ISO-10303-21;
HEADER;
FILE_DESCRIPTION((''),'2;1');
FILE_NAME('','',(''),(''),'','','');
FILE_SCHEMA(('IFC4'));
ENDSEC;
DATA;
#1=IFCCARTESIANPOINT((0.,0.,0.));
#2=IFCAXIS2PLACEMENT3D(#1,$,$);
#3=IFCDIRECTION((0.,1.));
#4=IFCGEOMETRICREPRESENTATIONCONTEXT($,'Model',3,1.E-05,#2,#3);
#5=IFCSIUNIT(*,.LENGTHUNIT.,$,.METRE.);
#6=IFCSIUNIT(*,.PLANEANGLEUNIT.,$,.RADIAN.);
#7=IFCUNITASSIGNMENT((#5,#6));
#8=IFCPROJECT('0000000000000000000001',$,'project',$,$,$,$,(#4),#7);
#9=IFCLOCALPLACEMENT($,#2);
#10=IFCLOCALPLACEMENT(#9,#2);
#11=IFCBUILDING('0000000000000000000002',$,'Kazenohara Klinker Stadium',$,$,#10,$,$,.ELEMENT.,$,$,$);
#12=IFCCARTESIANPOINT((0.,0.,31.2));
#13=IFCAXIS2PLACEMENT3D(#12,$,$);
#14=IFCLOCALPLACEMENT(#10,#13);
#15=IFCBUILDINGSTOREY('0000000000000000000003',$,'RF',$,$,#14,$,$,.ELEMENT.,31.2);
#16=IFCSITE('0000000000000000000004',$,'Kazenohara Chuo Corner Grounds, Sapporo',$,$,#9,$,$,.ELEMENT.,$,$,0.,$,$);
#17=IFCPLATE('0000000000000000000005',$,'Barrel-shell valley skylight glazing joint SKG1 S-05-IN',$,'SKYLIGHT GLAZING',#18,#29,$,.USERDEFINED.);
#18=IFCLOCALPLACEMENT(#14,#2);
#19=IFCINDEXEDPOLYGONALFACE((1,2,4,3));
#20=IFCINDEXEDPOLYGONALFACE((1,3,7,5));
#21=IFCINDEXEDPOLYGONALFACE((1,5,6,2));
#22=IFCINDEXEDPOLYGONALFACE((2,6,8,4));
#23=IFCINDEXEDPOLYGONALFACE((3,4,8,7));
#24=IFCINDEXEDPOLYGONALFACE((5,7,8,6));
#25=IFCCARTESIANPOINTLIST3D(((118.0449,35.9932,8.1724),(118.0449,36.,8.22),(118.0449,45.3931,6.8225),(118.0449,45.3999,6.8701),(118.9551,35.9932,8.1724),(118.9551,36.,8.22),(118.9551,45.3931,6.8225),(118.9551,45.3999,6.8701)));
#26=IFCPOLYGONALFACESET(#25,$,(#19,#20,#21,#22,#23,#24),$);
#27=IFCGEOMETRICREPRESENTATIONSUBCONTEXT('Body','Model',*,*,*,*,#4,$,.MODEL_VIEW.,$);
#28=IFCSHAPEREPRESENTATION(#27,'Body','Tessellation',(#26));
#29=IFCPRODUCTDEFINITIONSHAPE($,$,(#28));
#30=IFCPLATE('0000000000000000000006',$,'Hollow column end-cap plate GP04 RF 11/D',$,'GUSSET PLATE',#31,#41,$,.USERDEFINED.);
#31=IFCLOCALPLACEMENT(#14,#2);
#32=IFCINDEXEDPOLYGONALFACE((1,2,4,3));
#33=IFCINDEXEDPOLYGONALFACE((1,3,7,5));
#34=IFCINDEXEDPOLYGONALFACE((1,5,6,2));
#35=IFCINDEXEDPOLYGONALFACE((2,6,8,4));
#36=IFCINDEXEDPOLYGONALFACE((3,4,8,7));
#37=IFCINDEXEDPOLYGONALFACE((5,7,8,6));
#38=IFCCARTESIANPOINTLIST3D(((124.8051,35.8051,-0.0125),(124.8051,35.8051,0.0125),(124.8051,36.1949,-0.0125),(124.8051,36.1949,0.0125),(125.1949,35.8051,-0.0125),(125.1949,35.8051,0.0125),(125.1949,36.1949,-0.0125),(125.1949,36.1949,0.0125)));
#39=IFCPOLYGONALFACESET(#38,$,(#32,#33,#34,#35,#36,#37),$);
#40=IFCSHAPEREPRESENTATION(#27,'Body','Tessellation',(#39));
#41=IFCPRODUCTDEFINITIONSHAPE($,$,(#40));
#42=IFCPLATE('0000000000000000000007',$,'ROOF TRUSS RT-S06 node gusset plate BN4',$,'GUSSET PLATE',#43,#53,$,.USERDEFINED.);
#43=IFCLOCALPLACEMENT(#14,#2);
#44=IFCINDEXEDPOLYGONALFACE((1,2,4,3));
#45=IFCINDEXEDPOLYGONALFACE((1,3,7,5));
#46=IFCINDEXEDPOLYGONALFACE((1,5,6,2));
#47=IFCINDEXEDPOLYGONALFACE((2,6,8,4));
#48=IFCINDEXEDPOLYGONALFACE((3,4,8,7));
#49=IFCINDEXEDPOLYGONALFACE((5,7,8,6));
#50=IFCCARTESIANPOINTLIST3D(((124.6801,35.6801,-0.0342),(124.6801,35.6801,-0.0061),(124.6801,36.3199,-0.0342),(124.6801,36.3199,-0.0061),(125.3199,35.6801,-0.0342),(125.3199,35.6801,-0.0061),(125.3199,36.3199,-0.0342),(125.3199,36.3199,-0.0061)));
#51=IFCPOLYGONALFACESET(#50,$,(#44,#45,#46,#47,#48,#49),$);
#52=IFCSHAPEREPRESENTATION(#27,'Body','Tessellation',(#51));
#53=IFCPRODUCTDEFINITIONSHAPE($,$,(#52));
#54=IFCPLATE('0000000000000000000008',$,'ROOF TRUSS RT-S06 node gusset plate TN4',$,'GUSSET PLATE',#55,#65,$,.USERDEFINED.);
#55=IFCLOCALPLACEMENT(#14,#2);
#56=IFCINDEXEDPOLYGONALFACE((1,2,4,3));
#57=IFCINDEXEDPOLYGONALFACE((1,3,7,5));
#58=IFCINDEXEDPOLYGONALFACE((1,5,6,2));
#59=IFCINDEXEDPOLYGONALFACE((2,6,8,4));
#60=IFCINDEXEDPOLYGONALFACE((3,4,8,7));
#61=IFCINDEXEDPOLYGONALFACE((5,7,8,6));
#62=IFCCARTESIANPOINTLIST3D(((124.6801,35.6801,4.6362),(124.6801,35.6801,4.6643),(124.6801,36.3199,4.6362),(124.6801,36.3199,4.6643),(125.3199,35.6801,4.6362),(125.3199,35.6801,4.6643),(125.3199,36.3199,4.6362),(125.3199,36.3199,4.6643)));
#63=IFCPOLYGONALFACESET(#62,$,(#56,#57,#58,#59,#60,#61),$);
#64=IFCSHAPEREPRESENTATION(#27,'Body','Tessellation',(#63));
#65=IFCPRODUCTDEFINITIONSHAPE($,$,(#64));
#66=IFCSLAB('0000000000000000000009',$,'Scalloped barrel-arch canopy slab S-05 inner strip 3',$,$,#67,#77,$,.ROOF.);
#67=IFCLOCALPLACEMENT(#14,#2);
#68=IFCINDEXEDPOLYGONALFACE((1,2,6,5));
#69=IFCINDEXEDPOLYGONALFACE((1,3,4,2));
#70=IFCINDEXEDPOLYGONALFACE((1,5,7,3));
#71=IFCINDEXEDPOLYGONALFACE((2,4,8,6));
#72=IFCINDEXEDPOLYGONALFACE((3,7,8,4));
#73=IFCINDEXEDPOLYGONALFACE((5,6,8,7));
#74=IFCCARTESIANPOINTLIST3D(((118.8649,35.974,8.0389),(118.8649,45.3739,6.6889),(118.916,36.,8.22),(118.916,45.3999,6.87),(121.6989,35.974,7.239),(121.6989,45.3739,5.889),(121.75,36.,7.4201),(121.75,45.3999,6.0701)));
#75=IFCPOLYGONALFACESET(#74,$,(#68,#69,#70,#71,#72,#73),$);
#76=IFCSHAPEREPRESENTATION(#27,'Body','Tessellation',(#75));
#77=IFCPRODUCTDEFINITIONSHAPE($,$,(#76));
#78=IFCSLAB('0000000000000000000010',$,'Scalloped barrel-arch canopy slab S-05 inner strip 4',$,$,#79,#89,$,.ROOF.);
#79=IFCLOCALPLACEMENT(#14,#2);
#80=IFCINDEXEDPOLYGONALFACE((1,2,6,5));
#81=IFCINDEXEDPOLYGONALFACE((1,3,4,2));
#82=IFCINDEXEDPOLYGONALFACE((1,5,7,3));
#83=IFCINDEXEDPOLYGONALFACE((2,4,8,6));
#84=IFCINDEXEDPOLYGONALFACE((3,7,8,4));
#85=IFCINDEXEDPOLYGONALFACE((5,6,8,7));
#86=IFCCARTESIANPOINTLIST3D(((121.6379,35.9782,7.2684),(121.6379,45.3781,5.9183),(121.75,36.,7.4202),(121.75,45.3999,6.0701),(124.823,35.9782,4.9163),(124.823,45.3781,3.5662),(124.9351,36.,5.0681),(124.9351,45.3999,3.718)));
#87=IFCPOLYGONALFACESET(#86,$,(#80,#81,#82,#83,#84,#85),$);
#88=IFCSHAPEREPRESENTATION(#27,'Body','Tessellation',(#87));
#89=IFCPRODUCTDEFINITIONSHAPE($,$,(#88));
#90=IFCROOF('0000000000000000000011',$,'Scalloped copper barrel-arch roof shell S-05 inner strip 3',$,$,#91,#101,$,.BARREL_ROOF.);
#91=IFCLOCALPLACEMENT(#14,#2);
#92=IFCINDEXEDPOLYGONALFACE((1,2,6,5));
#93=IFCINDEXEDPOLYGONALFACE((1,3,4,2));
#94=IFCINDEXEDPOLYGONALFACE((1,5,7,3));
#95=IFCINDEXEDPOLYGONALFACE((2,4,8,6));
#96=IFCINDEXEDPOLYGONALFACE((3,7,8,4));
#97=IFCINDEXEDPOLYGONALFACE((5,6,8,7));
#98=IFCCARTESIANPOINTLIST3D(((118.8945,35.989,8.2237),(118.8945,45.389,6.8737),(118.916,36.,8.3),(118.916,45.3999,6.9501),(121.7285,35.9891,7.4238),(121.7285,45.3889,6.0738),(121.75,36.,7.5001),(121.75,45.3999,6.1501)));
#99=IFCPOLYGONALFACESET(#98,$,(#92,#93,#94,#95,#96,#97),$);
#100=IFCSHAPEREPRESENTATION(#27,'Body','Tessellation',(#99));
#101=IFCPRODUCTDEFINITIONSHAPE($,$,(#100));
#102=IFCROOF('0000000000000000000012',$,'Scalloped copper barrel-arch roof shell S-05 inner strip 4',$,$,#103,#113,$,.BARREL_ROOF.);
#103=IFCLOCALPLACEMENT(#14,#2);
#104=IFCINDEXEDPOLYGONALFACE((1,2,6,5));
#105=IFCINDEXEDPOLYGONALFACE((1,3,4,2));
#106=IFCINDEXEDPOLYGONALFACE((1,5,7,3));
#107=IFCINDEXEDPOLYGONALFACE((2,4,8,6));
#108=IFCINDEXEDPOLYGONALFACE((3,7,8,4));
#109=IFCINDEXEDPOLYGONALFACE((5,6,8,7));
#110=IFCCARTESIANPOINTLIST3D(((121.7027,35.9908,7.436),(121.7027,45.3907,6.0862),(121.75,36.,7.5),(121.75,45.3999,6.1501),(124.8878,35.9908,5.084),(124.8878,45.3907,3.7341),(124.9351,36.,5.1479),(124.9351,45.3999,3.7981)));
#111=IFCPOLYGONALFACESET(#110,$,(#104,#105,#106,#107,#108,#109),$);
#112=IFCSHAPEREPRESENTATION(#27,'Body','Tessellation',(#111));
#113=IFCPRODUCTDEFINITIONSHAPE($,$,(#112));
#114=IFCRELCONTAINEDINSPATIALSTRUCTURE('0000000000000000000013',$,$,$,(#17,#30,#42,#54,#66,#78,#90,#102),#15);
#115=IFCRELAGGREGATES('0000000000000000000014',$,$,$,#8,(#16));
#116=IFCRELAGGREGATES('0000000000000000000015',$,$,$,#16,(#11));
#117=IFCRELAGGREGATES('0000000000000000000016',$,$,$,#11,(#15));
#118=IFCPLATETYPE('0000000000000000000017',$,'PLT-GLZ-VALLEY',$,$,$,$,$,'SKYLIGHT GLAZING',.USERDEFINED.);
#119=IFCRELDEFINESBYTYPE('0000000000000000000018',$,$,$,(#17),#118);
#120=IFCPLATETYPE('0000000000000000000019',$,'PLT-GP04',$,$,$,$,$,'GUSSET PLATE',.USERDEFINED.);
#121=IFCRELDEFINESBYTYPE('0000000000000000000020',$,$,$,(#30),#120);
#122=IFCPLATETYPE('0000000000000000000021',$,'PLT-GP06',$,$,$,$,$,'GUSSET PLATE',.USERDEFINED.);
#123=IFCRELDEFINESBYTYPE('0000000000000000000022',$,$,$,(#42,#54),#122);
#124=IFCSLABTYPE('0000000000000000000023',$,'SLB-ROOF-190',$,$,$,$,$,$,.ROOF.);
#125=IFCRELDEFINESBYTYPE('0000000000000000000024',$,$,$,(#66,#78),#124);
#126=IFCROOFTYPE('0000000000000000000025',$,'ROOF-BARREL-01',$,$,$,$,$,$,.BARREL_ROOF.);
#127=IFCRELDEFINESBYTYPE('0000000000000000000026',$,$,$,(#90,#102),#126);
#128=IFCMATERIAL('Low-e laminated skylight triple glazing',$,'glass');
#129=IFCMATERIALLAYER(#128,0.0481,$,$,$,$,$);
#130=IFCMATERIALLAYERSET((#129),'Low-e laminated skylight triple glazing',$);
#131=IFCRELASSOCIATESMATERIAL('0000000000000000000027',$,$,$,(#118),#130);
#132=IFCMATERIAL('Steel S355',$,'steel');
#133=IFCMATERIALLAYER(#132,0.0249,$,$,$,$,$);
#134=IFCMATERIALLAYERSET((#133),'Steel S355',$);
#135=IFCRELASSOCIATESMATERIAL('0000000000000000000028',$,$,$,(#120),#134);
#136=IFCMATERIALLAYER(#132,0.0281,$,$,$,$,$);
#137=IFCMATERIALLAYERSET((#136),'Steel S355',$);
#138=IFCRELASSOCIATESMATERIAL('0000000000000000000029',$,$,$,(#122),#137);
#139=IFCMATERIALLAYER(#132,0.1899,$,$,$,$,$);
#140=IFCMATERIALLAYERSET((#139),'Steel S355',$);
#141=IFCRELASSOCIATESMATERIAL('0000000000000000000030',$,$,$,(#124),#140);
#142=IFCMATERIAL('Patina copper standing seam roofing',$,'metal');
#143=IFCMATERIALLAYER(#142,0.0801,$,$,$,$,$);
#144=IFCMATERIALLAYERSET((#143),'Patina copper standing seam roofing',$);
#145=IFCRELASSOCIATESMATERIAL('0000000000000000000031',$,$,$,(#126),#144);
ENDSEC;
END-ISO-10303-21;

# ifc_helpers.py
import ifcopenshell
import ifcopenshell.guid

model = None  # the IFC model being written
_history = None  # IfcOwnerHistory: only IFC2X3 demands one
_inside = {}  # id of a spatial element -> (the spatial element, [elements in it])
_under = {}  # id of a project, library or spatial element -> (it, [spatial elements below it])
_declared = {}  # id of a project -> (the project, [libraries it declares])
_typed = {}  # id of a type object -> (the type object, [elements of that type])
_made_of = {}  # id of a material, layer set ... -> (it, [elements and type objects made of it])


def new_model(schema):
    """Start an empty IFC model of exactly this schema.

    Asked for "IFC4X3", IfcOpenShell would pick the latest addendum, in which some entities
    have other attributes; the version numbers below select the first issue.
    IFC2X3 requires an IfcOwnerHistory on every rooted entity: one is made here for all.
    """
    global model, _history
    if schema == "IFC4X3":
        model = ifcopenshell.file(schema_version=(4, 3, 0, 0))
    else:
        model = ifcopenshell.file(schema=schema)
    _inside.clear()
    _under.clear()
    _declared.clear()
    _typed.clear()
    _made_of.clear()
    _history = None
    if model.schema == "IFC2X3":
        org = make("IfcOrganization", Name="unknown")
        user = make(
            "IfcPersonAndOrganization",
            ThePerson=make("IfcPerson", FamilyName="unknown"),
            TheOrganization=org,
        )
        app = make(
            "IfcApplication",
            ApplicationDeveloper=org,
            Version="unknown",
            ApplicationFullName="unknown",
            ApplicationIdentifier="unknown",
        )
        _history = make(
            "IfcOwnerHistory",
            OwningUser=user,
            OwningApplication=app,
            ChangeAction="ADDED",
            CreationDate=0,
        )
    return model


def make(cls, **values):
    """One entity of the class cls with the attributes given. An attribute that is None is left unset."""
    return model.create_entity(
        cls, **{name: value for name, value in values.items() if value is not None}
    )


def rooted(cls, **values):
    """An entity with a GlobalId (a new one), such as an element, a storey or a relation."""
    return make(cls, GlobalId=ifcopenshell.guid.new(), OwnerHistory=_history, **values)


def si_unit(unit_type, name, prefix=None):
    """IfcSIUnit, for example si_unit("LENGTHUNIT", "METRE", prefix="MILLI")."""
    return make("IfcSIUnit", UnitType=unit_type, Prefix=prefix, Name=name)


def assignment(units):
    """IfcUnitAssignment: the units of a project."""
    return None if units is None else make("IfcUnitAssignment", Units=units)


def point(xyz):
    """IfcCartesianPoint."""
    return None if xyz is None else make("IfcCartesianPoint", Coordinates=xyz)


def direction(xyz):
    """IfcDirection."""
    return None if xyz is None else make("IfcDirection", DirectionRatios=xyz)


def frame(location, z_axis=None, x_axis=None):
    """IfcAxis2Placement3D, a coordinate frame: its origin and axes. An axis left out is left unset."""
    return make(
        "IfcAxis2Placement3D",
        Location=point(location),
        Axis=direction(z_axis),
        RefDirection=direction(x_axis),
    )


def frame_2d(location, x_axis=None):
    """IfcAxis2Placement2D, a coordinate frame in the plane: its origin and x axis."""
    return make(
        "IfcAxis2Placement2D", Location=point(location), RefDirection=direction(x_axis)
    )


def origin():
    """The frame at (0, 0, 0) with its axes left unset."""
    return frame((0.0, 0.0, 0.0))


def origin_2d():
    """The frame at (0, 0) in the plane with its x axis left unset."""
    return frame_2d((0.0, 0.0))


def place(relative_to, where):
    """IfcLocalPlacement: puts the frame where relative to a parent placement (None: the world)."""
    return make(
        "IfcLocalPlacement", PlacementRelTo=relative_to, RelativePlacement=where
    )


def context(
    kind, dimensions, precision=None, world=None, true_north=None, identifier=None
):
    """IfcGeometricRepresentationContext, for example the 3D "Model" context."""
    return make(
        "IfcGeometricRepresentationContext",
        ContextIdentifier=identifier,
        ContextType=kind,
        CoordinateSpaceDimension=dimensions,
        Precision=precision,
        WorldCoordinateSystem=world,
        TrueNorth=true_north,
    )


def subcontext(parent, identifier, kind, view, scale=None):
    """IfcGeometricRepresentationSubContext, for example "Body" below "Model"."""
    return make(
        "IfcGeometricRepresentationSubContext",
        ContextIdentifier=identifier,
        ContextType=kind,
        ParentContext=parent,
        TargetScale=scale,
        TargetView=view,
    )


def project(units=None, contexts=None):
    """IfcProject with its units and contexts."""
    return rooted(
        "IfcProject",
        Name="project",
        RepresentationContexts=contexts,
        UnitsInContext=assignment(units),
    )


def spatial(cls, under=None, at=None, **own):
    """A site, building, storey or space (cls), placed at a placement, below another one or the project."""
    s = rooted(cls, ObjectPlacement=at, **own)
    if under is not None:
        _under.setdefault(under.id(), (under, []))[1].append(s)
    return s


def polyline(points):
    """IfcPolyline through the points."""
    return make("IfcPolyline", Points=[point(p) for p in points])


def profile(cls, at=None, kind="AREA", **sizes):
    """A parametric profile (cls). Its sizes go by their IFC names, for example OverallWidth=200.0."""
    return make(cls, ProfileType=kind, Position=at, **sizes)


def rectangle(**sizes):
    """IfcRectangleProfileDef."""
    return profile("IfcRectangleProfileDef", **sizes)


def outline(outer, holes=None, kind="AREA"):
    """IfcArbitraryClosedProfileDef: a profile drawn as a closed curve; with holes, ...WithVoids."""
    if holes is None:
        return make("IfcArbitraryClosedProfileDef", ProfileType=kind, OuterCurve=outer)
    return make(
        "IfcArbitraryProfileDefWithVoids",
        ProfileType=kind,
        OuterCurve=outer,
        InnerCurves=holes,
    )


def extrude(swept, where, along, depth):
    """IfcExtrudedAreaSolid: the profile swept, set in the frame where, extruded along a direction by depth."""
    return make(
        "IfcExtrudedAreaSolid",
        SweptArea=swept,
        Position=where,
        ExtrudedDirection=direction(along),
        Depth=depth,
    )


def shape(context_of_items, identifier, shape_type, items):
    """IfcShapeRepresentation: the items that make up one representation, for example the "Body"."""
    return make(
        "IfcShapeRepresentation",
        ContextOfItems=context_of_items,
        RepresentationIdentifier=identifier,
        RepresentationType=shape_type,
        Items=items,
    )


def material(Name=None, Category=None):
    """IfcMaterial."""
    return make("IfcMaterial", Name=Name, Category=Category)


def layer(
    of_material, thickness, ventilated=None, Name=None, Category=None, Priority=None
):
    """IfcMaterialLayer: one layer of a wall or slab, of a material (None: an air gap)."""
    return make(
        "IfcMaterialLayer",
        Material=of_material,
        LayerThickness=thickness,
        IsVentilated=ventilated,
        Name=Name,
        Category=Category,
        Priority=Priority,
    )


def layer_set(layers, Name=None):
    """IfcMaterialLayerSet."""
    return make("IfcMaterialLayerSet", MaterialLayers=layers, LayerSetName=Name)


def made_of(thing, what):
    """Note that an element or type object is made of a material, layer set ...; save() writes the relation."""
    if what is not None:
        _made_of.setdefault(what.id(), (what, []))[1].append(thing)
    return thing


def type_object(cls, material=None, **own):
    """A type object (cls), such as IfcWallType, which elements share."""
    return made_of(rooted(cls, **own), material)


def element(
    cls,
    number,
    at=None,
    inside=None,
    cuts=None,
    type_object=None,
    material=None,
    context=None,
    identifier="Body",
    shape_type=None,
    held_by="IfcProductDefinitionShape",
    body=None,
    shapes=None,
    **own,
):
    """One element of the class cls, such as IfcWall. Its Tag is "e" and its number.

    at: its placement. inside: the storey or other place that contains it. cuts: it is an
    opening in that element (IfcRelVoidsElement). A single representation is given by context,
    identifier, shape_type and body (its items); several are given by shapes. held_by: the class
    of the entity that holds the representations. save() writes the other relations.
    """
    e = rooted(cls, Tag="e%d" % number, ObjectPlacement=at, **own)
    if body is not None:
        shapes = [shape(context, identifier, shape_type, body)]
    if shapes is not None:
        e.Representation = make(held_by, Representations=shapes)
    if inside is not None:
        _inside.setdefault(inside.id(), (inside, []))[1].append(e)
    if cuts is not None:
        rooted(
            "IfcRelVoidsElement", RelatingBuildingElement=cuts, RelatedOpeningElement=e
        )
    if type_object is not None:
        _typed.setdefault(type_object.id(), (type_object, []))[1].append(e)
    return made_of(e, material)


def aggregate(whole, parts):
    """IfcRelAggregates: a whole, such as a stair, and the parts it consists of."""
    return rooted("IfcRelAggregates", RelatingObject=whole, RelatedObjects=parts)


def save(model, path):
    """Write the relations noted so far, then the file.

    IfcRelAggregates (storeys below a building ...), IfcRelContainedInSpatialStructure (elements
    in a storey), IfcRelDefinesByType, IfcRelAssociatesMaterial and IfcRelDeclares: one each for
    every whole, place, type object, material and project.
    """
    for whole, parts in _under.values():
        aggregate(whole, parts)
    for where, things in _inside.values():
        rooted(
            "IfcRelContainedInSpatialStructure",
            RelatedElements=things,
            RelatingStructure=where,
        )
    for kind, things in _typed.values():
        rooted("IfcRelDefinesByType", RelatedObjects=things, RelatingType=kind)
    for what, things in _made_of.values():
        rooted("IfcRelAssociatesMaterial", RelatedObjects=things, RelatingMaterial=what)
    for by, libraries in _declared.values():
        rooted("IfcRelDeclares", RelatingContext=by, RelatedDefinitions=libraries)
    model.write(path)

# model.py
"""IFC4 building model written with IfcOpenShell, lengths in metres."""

from ifc_helpers import new_model, si_unit, direction, frame, origin, origin_2d, place, context, subcontext, project, spatial, polyline, rectangle, outline, extrude, material, layer, layer_set, type_object, element, save


model = new_model("IFC4")

# Units and contexts
model_context = context("Model", 3, precision=1e-05, world=origin(), true_north=direction((0.0, 1.0)))
body_context = subcontext(model_context, "Body", "Model", "MODEL_VIEW")
ifc_project = project(units=[si_unit("LENGTHUNIT", "METRE"), si_unit("PLANEANGLEUNIT", "RADIAN")], contexts=[model_context])

# Site, building, storey
site_placement = place(None, origin())
site = spatial("IfcSite", under=ifc_project, at=site_placement, Name="Kazenohara Chuo Corner Grounds, Sapporo", CompositionType="ELEMENT", RefElevation=0.0)
building_placement = place(site_placement, origin())
building = spatial("IfcBuilding", under=site, at=building_placement, Name="Kazenohara Klinker Stadium", CompositionType="ELEMENT")
storey_placement = place(building_placement, frame((0.0, 0.0, 31.2)))
storey = spatial("IfcBuildingStorey", under=building, at=storey_placement, Name="RF", CompositionType="ELEMENT", Elevation=31.2)

# Shared definitions
ifc_material_1 = material(Name="Steel S355", Category="steel")

# Plates
ifc_material_2 = material(Name="Low-e laminated skylight triple glazing", Category="glass")
ifc_layer_1 = layer(ifc_material_2, 0.0481)
ifc_layer_set_1 = layer_set([ifc_layer_1], Name="Low-e laminated skylight triple glazing")
plate_type_1 = type_object("IfcPlateType", Name="PLT-GLZ-VALLEY", ElementType="SKYLIGHT GLAZING", PredefinedType="USERDEFINED", material=ifc_layer_set_1)
plate_1_placement = place(storey_placement, frame((118.0449, 36.0, 8.22), z_axis=(0.0, 0.142145, 0.989846), x_axis=(0.0, 0.989846, -0.142145)))
element("IfcPlate", 1, at=plate_1_placement, inside=storey, type_object=plate_type_1, Name="Barrel-shell valley skylight glazing joint SKG1 S-05-IN", ObjectType="SKYLIGHT GLAZING", PredefinedType="USERDEFINED", context=body_context, shape_type="SweptSolid", body=[
    extrude(outline(polyline([(0.0, 0.0), (9.4963, 0.0), (9.4963, -0.9102), (0.0, -0.9102), (0.0, 0.0)])), origin(), (0.0, 0.0, -1.0), 0.0481),
])
ifc_layer_2 = layer(ifc_material_1, 0.0249)
ifc_layer_set_2 = layer_set([ifc_layer_2], Name="Steel S355")
plate_type_2 = type_object("IfcPlateType", Name="PLT-GP04", ElementType="GUSSET PLATE", PredefinedType="USERDEFINED", material=ifc_layer_set_2)
plate_2_placement = place(storey_placement, frame((125.0, 36.0, -0.0125), z_axis=(0.0, 0.0, 1.0), x_axis=(1.0, 0.0, 0.0)))
element("IfcPlate", 2, at=plate_2_placement, inside=storey, type_object=plate_type_2, Name="Hollow column end-cap plate GP04 RF 11/D", ObjectType="GUSSET PLATE", PredefinedType="USERDEFINED", context=body_context, shape_type="SweptSolid", body=[
    extrude(rectangle(XDim=0.3899, YDim=0.3899, at=origin_2d()), origin(), (0.0, 0.0, 1.0), 0.0249),
])
ifc_layer_3 = layer(ifc_material_1, 0.0281)
ifc_layer_set_3 = layer_set([ifc_layer_3], Name="Steel S355")
plate_type_3 = type_object("IfcPlateType", Name="PLT-GP06", ElementType="GUSSET PLATE", PredefinedType="USERDEFINED", material=ifc_layer_set_3)
for number, where, z_axis, x_axis, name in (
    (3, (125.0, 36.0, -0.0342), (0.0, 0.0, 1.0), (1.0, 0.0, 0.0), "ROOF TRUSS RT-S06 node gusset plate BN4"),
    (4, (125.0, 36.0, 4.6362), (0.0, 0.0, 1.0), (1.0, 0.0, 0.0), "ROOF TRUSS RT-S06 node gusset plate TN4"),
):
    element("IfcPlate", number, at=place(storey_placement, frame(where, z_axis=z_axis, x_axis=x_axis)), inside=storey, type_object=plate_type_3, Name=name, ObjectType="GUSSET PLATE", PredefinedType="USERDEFINED", context=body_context, shape_type="SweptSolid", body=[
        extrude(rectangle(XDim=0.6399, YDim=0.6399, at=origin_2d()), origin(), (0.0, 0.0, 1.0), 0.0281),
    ])

# Slabs
ifc_layer_4 = layer(ifc_material_1, 0.1899)
ifc_layer_set_4 = layer_set([ifc_layer_4], Name="Steel S355")
slab_type = type_object("IfcSlabType", Name="SLB-ROOF-190", PredefinedType="ROOF", material=ifc_layer_set_4)
slab_1_placement = place(storey_placement, frame((118.916, 36.0, 8.22), z_axis=(0.26909, 0.136914, 0.953334), x_axis=(-0.000003, 0.989844, -0.142156)))
element("IfcSlab", 5, at=slab_1_placement, inside=storey, type_object=slab_type, Name="Scalloped barrel-arch canopy slab S-05 inner strip 3", PredefinedType="ROOF", context=body_context, shape_type="SweptSolid", body=[
    extrude(outline(polyline([(0.0, 0.0), (9.4963, 0.0), (9.6101, -2.9426), (0.1137, -2.9425), (0.0, 0.0)])), origin(), (0.0, 0.0, -1.0), 0.1899),
])
slab_2_placement = place(storey_placement, frame((121.75, 36.0, 7.4202), z_axis=(0.590118, 0.114776, 0.799116), x_axis=(0.0, 0.989842, -0.14217)))
element("IfcSlab", 6, at=slab_2_placement, inside=storey, type_object=slab_type, Name="Scalloped barrel-arch canopy slab S-05 inner strip 4", PredefinedType="ROOF", context=body_context, shape_type="SweptSolid", body=[
    extrude(outline(polyline([(0.0, 0.0), (9.4964, 0.0), (9.8308, -3.9452), (0.3344, -3.9452), (0.0, 0.0)])), origin(), (0.0, 0.0, -1.0), 0.1899),
])

# Roofs
ifc_material_3 = material(Name="Patina copper standing seam roofing", Category="metal")
ifc_layer_5 = layer(ifc_material_3, 0.0801)
ifc_layer_set_5 = layer_set([ifc_layer_5], Name="Patina copper standing seam roofing")
roof_type = type_object("IfcRoofType", Name="ROOF-BARREL-01", PredefinedType="BARREL_ROOF", material=ifc_layer_set_5)
roof_1_placement = place(storey_placement, frame((118.916, 36.0, 8.3), z_axis=(0.26909, 0.136914, 0.953334), x_axis=(0.000003, 0.989844, -0.142158)))
element("IfcRoof", 7, at=roof_1_placement, inside=storey, type_object=roof_type, Name="Scalloped copper barrel-arch roof shell S-05 inner strip 3", PredefinedType="BARREL_ROOF", context=body_context, shape_type="SweptSolid", body=[
    extrude(outline(polyline([(0.0, 0.0), (9.4964, 0.0), (9.6101, -2.9425), (0.1137, -2.9426), (0.0, 0.0)])), origin(), (0.0, 0.0, -1.0), 0.0801),
])
roof_2_placement = place(storey_placement, frame((121.75, 36.0, 7.5), z_axis=(0.59012, 0.114756, 0.799118), x_axis=(0.0, 0.989846, -0.142145)))
element("IfcRoof", 8, at=roof_2_placement, inside=storey, type_object=roof_type, Name="Scalloped copper barrel-arch roof shell S-05 inner strip 4", PredefinedType="BARREL_ROOF", context=body_context, shape_type="SweptSolid", body=[
    extrude(outline(polyline([(0.0, 0.0), (9.4963, 0.0), (9.8307, -3.9452), (0.3343, -3.9452), (0.0, 0.0)])), origin(), (0.0, 0.0, -1.0), 0.0801),
])

save(model, "model.ifc")
